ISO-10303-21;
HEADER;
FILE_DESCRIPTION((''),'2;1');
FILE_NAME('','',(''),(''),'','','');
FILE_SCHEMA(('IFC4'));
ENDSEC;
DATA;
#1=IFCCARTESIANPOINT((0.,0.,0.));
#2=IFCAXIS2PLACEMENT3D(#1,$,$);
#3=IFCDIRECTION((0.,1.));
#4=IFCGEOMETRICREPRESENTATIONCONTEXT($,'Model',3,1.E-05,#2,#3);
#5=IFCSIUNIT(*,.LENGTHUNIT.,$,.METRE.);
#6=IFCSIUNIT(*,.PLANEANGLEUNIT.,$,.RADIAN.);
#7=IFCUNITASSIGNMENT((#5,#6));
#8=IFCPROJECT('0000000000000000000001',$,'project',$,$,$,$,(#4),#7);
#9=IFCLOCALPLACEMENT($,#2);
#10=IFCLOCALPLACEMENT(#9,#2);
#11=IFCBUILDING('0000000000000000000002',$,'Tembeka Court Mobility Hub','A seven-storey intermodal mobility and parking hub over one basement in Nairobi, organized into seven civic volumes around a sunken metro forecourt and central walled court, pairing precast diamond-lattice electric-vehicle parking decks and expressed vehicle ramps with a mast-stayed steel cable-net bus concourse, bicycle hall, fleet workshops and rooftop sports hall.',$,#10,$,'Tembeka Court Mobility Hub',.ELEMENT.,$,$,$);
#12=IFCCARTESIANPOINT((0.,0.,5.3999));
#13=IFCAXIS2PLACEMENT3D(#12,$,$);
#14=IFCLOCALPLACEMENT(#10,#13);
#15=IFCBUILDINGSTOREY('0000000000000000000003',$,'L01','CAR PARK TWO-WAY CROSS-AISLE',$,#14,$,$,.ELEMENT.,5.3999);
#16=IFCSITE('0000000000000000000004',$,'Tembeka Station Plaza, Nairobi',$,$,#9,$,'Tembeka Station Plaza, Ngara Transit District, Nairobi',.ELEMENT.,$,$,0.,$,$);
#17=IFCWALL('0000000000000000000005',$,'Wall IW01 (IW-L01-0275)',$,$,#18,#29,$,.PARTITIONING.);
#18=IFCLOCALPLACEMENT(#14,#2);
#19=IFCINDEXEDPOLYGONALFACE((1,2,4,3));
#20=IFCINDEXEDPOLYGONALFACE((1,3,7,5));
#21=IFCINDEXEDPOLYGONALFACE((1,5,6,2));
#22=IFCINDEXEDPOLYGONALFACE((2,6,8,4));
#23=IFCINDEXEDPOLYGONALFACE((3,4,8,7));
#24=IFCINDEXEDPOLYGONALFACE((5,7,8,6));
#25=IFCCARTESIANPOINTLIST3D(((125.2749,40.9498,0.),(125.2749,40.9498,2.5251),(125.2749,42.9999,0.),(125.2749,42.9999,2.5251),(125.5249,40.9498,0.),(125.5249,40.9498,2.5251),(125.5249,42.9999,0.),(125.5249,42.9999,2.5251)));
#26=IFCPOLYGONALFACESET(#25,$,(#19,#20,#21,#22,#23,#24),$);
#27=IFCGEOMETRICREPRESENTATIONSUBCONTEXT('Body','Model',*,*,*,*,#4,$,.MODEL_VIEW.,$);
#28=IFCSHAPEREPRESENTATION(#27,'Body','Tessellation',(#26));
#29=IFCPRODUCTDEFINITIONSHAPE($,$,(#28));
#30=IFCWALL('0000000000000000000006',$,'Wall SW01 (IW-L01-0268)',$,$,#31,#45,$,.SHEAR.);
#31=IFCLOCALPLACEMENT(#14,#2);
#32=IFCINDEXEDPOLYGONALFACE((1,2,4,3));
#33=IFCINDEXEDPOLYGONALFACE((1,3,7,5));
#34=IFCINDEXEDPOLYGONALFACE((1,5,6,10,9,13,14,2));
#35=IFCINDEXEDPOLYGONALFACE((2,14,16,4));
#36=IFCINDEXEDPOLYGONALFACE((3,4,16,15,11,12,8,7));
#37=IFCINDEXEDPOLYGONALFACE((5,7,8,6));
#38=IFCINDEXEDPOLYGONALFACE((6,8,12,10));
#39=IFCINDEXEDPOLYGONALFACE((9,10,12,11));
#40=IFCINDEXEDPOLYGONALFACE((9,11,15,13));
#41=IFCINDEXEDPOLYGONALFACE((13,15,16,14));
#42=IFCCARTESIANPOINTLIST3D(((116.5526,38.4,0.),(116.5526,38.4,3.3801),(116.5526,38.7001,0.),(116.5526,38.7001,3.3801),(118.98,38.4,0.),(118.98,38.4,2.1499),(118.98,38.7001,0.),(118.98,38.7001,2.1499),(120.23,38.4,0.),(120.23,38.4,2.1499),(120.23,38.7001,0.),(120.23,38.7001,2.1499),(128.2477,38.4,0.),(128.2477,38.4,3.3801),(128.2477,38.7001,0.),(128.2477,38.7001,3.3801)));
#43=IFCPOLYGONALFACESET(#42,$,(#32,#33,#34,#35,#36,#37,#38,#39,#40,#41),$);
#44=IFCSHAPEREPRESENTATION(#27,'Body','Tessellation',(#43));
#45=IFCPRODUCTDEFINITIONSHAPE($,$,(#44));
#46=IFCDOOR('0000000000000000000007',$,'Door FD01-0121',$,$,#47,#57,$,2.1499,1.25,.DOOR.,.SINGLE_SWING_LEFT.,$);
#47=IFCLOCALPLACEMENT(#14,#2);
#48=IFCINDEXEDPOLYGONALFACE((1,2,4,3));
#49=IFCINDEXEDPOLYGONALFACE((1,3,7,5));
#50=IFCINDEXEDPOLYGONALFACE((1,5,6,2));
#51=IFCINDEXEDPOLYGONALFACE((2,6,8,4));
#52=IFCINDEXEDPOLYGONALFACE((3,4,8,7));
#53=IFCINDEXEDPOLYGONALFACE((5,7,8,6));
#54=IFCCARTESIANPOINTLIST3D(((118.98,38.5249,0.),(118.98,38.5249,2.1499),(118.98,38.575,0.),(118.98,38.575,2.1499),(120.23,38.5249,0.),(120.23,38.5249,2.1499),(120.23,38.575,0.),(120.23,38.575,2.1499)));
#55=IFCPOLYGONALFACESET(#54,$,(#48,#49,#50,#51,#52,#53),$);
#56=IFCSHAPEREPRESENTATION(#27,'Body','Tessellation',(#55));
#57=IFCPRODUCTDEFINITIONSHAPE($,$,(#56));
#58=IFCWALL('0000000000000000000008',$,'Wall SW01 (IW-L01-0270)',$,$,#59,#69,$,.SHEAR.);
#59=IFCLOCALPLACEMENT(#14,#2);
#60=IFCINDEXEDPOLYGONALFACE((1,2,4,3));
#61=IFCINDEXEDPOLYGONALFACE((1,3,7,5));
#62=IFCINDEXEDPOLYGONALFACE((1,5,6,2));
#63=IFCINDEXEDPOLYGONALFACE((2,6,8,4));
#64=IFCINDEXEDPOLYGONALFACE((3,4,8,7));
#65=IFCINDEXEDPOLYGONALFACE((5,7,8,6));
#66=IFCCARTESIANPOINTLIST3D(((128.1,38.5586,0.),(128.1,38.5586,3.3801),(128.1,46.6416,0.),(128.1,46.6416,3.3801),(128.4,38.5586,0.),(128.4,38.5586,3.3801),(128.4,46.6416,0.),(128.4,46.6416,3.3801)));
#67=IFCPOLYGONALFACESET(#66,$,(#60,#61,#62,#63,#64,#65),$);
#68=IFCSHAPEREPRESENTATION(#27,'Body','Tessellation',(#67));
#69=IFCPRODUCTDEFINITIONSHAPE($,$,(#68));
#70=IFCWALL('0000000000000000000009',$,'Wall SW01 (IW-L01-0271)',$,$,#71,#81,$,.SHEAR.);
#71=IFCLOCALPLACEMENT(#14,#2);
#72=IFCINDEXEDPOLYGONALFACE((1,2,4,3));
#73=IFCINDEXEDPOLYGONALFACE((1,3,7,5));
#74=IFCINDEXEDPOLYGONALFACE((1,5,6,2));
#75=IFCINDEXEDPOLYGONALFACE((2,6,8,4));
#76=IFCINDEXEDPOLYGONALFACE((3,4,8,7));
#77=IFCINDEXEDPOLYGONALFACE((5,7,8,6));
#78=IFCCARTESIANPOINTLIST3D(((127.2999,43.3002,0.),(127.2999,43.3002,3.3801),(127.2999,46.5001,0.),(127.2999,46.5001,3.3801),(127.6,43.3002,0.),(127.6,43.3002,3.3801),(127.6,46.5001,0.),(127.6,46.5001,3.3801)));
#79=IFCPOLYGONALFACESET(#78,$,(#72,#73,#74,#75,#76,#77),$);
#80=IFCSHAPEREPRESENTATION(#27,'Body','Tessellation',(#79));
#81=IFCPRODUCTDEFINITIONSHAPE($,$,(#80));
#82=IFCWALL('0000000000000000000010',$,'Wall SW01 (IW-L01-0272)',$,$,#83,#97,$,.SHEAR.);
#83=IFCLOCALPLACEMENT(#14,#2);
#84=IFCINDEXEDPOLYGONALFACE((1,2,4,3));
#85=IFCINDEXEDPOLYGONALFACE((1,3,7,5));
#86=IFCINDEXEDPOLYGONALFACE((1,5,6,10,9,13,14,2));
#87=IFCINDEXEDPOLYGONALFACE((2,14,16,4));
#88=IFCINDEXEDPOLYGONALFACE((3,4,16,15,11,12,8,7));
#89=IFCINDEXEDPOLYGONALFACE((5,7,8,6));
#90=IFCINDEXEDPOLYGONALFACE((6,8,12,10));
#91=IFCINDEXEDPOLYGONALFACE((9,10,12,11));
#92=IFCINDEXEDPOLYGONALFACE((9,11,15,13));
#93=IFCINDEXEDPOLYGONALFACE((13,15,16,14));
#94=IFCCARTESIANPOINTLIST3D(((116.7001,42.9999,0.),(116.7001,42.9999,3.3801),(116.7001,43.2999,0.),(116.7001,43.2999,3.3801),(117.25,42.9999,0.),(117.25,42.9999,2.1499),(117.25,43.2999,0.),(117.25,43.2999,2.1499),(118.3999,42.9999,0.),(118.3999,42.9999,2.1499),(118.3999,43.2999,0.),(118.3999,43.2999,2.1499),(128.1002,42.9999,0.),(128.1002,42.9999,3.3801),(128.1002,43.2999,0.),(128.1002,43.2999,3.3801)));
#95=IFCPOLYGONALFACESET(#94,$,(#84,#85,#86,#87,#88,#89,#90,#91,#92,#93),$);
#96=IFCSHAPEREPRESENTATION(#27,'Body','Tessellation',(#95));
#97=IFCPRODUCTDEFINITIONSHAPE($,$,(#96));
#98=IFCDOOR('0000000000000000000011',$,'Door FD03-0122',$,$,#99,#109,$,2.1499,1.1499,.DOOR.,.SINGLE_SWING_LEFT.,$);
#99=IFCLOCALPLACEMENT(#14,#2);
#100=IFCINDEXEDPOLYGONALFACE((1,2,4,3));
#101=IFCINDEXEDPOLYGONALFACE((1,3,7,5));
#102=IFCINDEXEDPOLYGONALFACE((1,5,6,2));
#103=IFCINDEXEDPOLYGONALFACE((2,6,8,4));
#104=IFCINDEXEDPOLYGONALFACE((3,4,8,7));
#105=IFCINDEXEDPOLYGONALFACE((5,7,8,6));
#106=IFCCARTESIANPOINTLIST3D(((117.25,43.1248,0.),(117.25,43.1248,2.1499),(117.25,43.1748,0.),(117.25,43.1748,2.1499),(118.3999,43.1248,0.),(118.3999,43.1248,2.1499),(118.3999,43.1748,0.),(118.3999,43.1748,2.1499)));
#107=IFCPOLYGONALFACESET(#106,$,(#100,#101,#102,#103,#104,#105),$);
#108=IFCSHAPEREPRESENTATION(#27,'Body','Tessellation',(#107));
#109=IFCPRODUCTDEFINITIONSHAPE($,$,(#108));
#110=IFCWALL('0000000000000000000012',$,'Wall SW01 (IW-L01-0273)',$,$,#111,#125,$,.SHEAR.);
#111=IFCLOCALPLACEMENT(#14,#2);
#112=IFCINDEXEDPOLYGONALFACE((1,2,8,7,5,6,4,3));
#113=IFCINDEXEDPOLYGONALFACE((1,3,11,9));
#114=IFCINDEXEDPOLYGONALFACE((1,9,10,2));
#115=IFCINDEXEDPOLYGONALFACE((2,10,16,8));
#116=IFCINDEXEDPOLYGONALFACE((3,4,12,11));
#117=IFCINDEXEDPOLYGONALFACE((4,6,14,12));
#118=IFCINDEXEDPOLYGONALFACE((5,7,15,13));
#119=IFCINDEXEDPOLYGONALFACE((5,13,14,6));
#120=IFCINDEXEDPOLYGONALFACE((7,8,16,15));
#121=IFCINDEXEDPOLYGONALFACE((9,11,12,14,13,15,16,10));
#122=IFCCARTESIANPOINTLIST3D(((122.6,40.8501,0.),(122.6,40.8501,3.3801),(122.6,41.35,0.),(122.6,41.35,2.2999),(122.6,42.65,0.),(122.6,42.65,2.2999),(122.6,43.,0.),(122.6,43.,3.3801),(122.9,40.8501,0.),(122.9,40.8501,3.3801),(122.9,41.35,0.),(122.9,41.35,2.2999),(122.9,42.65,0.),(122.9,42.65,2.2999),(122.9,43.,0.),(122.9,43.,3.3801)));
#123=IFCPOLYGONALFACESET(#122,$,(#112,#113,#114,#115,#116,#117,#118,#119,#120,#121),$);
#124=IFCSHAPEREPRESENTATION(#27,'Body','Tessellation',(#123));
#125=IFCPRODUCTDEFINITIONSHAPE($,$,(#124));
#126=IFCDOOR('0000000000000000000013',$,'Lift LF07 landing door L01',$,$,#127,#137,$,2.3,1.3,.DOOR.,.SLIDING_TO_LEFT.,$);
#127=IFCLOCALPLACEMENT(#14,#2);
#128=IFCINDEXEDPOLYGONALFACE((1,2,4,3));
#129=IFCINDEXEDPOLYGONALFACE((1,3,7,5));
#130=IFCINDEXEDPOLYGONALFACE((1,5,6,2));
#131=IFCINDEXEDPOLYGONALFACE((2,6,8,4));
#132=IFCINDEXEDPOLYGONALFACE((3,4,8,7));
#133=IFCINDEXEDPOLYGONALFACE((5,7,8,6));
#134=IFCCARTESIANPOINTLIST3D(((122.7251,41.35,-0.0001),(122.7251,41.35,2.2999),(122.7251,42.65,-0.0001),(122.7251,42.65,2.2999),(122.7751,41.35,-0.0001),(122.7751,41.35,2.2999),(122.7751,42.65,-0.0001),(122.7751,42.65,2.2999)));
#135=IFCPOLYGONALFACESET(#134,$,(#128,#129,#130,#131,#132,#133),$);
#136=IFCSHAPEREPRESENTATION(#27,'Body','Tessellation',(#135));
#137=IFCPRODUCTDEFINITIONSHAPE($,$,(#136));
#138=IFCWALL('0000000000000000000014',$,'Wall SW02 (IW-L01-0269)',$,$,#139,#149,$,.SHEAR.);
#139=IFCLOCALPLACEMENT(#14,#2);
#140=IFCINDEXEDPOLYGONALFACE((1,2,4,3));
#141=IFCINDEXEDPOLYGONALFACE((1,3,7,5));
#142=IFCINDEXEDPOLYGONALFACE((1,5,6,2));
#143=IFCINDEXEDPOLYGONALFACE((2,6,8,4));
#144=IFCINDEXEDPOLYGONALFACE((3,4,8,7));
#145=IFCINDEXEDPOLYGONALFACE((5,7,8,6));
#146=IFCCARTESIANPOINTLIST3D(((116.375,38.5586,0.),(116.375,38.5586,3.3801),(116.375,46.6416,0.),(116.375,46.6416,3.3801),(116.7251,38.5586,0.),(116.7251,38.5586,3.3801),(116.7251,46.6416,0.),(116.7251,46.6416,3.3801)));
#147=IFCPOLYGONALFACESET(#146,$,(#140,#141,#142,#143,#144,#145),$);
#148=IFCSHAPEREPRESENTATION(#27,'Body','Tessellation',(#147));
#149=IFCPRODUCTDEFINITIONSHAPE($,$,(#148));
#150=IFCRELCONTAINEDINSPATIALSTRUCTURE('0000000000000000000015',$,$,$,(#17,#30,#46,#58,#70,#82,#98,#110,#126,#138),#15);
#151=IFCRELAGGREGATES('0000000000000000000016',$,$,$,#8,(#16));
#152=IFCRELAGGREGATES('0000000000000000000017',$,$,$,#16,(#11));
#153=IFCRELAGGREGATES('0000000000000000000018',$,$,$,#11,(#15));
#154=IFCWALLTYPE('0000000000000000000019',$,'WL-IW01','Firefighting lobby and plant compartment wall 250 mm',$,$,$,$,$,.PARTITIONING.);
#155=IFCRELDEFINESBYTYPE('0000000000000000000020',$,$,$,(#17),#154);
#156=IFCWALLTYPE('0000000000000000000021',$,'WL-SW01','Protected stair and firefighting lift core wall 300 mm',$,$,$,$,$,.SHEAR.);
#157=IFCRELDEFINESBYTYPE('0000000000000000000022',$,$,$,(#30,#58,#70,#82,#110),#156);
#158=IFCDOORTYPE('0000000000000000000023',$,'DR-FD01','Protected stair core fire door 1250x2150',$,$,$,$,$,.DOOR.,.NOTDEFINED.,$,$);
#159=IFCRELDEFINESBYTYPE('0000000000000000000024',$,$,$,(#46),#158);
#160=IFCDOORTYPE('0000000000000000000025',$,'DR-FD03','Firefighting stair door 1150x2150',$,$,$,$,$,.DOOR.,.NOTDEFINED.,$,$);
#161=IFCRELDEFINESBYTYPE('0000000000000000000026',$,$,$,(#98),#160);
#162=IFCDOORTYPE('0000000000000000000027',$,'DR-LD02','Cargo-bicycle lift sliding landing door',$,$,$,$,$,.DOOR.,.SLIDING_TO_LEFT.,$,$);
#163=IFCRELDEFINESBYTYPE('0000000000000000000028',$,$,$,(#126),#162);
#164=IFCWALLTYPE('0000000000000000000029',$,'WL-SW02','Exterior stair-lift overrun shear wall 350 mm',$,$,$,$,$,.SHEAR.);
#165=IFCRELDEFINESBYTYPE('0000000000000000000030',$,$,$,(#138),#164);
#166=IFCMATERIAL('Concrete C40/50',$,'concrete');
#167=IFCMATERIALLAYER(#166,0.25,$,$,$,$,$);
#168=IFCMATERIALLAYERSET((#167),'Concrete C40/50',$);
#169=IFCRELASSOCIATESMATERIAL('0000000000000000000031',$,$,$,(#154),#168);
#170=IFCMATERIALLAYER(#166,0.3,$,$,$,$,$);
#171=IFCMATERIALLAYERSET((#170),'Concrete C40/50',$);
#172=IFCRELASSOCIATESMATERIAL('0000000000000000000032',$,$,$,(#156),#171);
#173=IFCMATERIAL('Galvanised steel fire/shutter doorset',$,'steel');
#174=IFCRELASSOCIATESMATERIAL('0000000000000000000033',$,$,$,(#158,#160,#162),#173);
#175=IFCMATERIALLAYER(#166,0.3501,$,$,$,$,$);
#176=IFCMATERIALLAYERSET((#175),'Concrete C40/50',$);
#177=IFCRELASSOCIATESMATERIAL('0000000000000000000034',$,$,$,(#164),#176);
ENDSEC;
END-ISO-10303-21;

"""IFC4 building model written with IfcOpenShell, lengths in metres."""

from ifc_helpers import new_model, si_unit, direction, frame, frame_2d, origin, place, context, subcontext, project, spatial, rectangle, extrude, material, layer, layer_set, type_object, element, fill, save


model = new_model("IFC4")

# Units and contexts
model_context = context("Model", 3, precision=1e-05, world=origin(), true_north=direction((0.0, 1.0)))
body_context = subcontext(model_context, "Body", "Model", "MODEL_VIEW")
ifc_project = project(units=[si_unit("LENGTHUNIT", "METRE"), si_unit("PLANEANGLEUNIT", "RADIAN")], contexts=[model_context])

# Site, building, storey
site_placement = place(None, origin())
site = spatial("IfcSite", under=ifc_project, at=site_placement, Name="Tembeka Station Plaza, Nairobi", LongName="Tembeka Station Plaza, Ngara Transit District, Nairobi", CompositionType="ELEMENT", RefElevation=0.0)
building_placement = place(site_placement, origin())
building = spatial("IfcBuilding", under=site, at=building_placement, Name="Tembeka Court Mobility Hub", Description="A seven-storey intermodal mobility and parking hub over one basement in Nairobi, organized into seven civic volumes around a sunken metro forecourt and central walled court, pairing precast diamond-lattice electric-vehicle parking decks and expressed vehicle ramps with a mast-stayed steel cable-net bus concourse, bicycle hall, fleet workshops and rooftop sports hall.", LongName="Tembeka Court Mobility Hub", CompositionType="ELEMENT")
storey_placement = place(building_placement, frame((0.0, 0.0, 5.3999)))
storey = spatial("IfcBuildingStorey", under=building, at=storey_placement, Name="L01", Description="CAR PARK TWO-WAY CROSS-AISLE", CompositionType="ELEMENT", Elevation=5.3999)

# Wall
ifc_material_1 = material(Name="Concrete C40/50", Category="concrete")
ifc_layer_1 = layer(ifc_material_1, 0.25)
ifc_layer_set_1 = layer_set([ifc_layer_1], Name="Concrete C40/50")
wall_type_1 = type_object("IfcWallType", Name="WL-IW01", Description="Firefighting lobby and plant compartment wall 250 mm", PredefinedType="PARTITIONING", material=ifc_layer_set_1)
wall_1_placement = place(storey_placement, frame((125.3999, 40.95, 0.0), z_axis=(0.0, 0.0, 1.0), x_axis=(0.0, 1.0, 0.0)))
element("IfcWall", 1, at=wall_1_placement, inside=storey, type_object=wall_type_1, Name="Wall IW01 (IW-L01-0275)", PredefinedType="PARTITIONING", context=body_context, shape_type="SweptSolid", body=[
    extrude(rectangle(XDim=2.05, YDim=0.25, at=frame_2d((1.0249, 0.0))), origin(), (0.0, 0.0, 1.0), 2.5251),
])

# Wall, opening, door
ifc_layer_2 = layer(ifc_material_1, 0.3)
ifc_layer_set_2 = layer_set([ifc_layer_2], Name="Concrete C40/50")
wall_type_2 = type_object("IfcWallType", Name="WL-SW01", Description="Protected stair and firefighting lift core wall 300 mm", PredefinedType="SHEAR", material=ifc_layer_set_2)
wall_2_placement = place(storey_placement, frame((116.5525, 38.55, 0.0), z_axis=(0.0, 0.0, 1.0), x_axis=(1.0, 0.0, 0.0)))
wall_2 = element("IfcWall", 2, at=wall_2_placement, inside=storey, type_object=wall_type_2, Name="Wall SW01 (IW-L01-0268)", PredefinedType="SHEAR", context=body_context, shape_type="SweptSolid", body=[
    extrude(rectangle(XDim=11.6951, YDim=0.3, at=frame_2d((5.8477, 0.0))), origin(), (0.0, 0.0, 1.0), 3.3801),
])
opening_1_placement = place(wall_2_placement, frame((2.4275, 0.0, 0.0)))
opening_1 = element("IfcOpeningElement", 3, at=opening_1_placement, cuts=wall_2, PredefinedType="OPENING", context=body_context, shape_type="SweptSolid", body=[
    extrude(rectangle(XDim=1.25, YDim=2.1499, at=frame_2d((0.625, 1.075))), frame((0.0, 0.1602, 0.0), z_axis=(0.0, -1.0, 0.0), x_axis=(1.0, 0.0, 0.0)), (0.0, 0.0, 1.0), 0.3201),
])
ifc_material_2 = material(Name="Galvanised steel fire/shutter doorset", Category="steel")
door_type_1 = type_object("IfcDoorType", Name="DR-FD01", Description="Protected stair core fire door 1250x2150", OperationType="NOTDEFINED", PredefinedType="DOOR", material=ifc_material_2)
door_1_placement = place(opening_1_placement, origin())
door_1 = element("IfcDoor", 4, at=door_1_placement, inside=storey, type_object=door_type_1, Name="Door FD01-0121", OperationType="SINGLE_SWING_LEFT", OverallHeight=2.1499, OverallWidth=1.25, PredefinedType="DOOR", context=body_context, shape_type="SweptSolid", body=[
    extrude(rectangle(XDim=1.25, YDim=2.1499, at=frame_2d((0.625, 1.075))), frame((0.0, 0.0249, 0.0), z_axis=(0.0, -1.0, 0.0), x_axis=(1.0, 0.0, 0.0)), (0.0, 0.0, 1.0), 0.05),
])
fill(opening_1, door_1)

# Walls
wall_3_placement = place(storey_placement, frame((128.25, 38.5586, 0.0), z_axis=(0.0, 0.0, 1.0), x_axis=(0.0, 1.0, 0.0)))
element("IfcWall", 5, at=wall_3_placement, inside=storey, type_object=wall_type_2, Name="Wall SW01 (IW-L01-0270)", PredefinedType="SHEAR", context=body_context, shape_type="SweptSolid", body=[
    extrude(rectangle(XDim=8.083, YDim=0.3, at=frame_2d((4.0415, 0.0))), origin(), (0.0, 0.0, 1.0), 3.3801),
])
wall_4_placement = place(storey_placement, frame((127.45, 43.3, 0.0), z_axis=(0.0, 0.0, 1.0), x_axis=(0.0, 1.0, 0.0)))
element("IfcWall", 6, at=wall_4_placement, inside=storey, type_object=wall_type_2, Name="Wall SW01 (IW-L01-0271)", PredefinedType="SHEAR", context=body_context, shape_type="SweptSolid", body=[
    extrude(rectangle(XDim=3.2, YDim=0.3, at=frame_2d((1.6001, 0.0))), origin(), (0.0, 0.0, 1.0), 3.3801),
])

# Walls, openings, doors
wall_5_placement = place(storey_placement, frame((116.7, 43.1499, 0.0), z_axis=(0.0, 0.0, 1.0), x_axis=(1.0, 0.0, 0.0)))
wall_5 = element("IfcWall", 7, at=wall_5_placement, inside=storey, type_object=wall_type_2, Name="Wall SW01 (IW-L01-0272)", PredefinedType="SHEAR", context=body_context, shape_type="SweptSolid", body=[
    extrude(rectangle(XDim=11.4001, YDim=0.3, at=frame_2d((5.7002, 0.0))), origin(), (0.0, 0.0, 1.0), 3.3801),
])
opening_2_placement = place(wall_5_placement, frame((0.55, 0.0, 0.0)))
opening_2 = element("IfcOpeningElement", 8, at=opening_2_placement, cuts=wall_5, PredefinedType="OPENING", context=body_context, shape_type="SweptSolid", body=[
    extrude(rectangle(XDim=1.1499, YDim=2.1499, at=frame_2d((0.575, 1.075))), frame((0.0, 0.1602, 0.0), z_axis=(0.0, -1.0, 0.0), x_axis=(1.0, 0.0, 0.0)), (0.0, 0.0, 1.0), 0.3201),
])
door_type_2 = type_object("IfcDoorType", Name="DR-FD03", Description="Firefighting stair door 1150x2150", OperationType="NOTDEFINED", PredefinedType="DOOR", material=ifc_material_2)
door_2_placement = place(opening_2_placement, origin())
door_2 = element("IfcDoor", 9, at=door_2_placement, inside=storey, type_object=door_type_2, Name="Door FD03-0122", OperationType="SINGLE_SWING_LEFT", OverallHeight=2.1499, OverallWidth=1.1499, PredefinedType="DOOR", context=body_context, shape_type="SweptSolid", body=[
    extrude(rectangle(XDim=1.1499, YDim=2.1499, at=frame_2d((0.575, 1.075))), frame((0.0, 0.0249, 0.0), z_axis=(0.0, -1.0, 0.0), x_axis=(1.0, 0.0, 0.0)), (0.0, 0.0, 1.0), 0.05),
])
fill(opening_2, door_2)
wall_6_placement = place(storey_placement, frame((122.75, 40.8501, 0.0), z_axis=(0.0, 0.0, 1.0), x_axis=(0.0, 1.0, 0.0)))
wall_6 = element("IfcWall", 10, at=wall_6_placement, inside=storey, type_object=wall_type_2, Name="Wall SW01 (IW-L01-0273)", PredefinedType="SHEAR", context=body_context, shape_type="SweptSolid", body=[
    extrude(rectangle(XDim=2.1499, YDim=0.3, at=frame_2d((1.075, 0.0))), origin(), (0.0, 0.0, 1.0), 3.3801),
])
opening_3_placement = place(wall_6_placement, frame((0.5, 0.0, 0.0)))
opening_3 = element("IfcOpeningElement", 11, at=opening_3_placement, cuts=wall_6, PredefinedType="OPENING", context=body_context, shape_type="SweptSolid", body=[
    extrude(rectangle(XDim=1.3, YDim=2.3, at=frame_2d((0.6499, 1.1499))), frame((0.0, 0.1602, 0.0), z_axis=(0.0, -1.0, 0.0), x_axis=(1.0, 0.0, 0.0)), (0.0, 0.0, 1.0), 0.3201),
])
door_type_3 = type_object("IfcDoorType", Name="DR-LD02", Description="Cargo-bicycle lift sliding landing door", OperationType="SLIDING_TO_LEFT", PredefinedType="DOOR", material=ifc_material_2)
door_3_placement = place(opening_3_placement, origin())
door_3 = element("IfcDoor", 12, at=door_3_placement, inside=storey, type_object=door_type_3, Name="Lift LF07 landing door L01", OperationType="SLIDING_TO_LEFT", OverallHeight=2.3, OverallWidth=1.3, PredefinedType="DOOR", context=body_context, shape_type="SweptSolid", body=[
    extrude(rectangle(XDim=1.3, YDim=2.3, at=frame_2d((0.6499, 1.1499))), frame((0.0, 0.0249, 0.0), z_axis=(0.0, -1.0, 0.0), x_axis=(1.0, 0.0, 0.0)), (0.0, 0.0, 1.0), 0.05),
])
fill(opening_3, door_3)

# Wall
ifc_layer_3 = layer(ifc_material_1, 0.3501)
ifc_layer_set_3 = layer_set([ifc_layer_3], Name="Concrete C40/50")
wall_type_3 = type_object("IfcWallType", Name="WL-SW02", Description="Exterior stair-lift overrun shear wall 350 mm", PredefinedType="SHEAR", material=ifc_layer_set_3)
wall_7_placement = place(storey_placement, frame((116.55, 38.5586, 0.0), z_axis=(0.0, 0.0, 1.0), x_axis=(0.0, 1.0, 0.0)))
element("IfcWall", 13, at=wall_7_placement, inside=storey, type_object=wall_type_3, Name="Wall SW02 (IW-L01-0269)", PredefinedType="SHEAR", context=body_context, shape_type="SweptSolid", body=[
    extrude(rectangle(XDim=8.083, YDim=0.3501, at=frame_2d((4.0415, 0.0))), origin(), (0.0, 0.0, 1.0), 3.3801),
])

save(model, "model.ifc")
